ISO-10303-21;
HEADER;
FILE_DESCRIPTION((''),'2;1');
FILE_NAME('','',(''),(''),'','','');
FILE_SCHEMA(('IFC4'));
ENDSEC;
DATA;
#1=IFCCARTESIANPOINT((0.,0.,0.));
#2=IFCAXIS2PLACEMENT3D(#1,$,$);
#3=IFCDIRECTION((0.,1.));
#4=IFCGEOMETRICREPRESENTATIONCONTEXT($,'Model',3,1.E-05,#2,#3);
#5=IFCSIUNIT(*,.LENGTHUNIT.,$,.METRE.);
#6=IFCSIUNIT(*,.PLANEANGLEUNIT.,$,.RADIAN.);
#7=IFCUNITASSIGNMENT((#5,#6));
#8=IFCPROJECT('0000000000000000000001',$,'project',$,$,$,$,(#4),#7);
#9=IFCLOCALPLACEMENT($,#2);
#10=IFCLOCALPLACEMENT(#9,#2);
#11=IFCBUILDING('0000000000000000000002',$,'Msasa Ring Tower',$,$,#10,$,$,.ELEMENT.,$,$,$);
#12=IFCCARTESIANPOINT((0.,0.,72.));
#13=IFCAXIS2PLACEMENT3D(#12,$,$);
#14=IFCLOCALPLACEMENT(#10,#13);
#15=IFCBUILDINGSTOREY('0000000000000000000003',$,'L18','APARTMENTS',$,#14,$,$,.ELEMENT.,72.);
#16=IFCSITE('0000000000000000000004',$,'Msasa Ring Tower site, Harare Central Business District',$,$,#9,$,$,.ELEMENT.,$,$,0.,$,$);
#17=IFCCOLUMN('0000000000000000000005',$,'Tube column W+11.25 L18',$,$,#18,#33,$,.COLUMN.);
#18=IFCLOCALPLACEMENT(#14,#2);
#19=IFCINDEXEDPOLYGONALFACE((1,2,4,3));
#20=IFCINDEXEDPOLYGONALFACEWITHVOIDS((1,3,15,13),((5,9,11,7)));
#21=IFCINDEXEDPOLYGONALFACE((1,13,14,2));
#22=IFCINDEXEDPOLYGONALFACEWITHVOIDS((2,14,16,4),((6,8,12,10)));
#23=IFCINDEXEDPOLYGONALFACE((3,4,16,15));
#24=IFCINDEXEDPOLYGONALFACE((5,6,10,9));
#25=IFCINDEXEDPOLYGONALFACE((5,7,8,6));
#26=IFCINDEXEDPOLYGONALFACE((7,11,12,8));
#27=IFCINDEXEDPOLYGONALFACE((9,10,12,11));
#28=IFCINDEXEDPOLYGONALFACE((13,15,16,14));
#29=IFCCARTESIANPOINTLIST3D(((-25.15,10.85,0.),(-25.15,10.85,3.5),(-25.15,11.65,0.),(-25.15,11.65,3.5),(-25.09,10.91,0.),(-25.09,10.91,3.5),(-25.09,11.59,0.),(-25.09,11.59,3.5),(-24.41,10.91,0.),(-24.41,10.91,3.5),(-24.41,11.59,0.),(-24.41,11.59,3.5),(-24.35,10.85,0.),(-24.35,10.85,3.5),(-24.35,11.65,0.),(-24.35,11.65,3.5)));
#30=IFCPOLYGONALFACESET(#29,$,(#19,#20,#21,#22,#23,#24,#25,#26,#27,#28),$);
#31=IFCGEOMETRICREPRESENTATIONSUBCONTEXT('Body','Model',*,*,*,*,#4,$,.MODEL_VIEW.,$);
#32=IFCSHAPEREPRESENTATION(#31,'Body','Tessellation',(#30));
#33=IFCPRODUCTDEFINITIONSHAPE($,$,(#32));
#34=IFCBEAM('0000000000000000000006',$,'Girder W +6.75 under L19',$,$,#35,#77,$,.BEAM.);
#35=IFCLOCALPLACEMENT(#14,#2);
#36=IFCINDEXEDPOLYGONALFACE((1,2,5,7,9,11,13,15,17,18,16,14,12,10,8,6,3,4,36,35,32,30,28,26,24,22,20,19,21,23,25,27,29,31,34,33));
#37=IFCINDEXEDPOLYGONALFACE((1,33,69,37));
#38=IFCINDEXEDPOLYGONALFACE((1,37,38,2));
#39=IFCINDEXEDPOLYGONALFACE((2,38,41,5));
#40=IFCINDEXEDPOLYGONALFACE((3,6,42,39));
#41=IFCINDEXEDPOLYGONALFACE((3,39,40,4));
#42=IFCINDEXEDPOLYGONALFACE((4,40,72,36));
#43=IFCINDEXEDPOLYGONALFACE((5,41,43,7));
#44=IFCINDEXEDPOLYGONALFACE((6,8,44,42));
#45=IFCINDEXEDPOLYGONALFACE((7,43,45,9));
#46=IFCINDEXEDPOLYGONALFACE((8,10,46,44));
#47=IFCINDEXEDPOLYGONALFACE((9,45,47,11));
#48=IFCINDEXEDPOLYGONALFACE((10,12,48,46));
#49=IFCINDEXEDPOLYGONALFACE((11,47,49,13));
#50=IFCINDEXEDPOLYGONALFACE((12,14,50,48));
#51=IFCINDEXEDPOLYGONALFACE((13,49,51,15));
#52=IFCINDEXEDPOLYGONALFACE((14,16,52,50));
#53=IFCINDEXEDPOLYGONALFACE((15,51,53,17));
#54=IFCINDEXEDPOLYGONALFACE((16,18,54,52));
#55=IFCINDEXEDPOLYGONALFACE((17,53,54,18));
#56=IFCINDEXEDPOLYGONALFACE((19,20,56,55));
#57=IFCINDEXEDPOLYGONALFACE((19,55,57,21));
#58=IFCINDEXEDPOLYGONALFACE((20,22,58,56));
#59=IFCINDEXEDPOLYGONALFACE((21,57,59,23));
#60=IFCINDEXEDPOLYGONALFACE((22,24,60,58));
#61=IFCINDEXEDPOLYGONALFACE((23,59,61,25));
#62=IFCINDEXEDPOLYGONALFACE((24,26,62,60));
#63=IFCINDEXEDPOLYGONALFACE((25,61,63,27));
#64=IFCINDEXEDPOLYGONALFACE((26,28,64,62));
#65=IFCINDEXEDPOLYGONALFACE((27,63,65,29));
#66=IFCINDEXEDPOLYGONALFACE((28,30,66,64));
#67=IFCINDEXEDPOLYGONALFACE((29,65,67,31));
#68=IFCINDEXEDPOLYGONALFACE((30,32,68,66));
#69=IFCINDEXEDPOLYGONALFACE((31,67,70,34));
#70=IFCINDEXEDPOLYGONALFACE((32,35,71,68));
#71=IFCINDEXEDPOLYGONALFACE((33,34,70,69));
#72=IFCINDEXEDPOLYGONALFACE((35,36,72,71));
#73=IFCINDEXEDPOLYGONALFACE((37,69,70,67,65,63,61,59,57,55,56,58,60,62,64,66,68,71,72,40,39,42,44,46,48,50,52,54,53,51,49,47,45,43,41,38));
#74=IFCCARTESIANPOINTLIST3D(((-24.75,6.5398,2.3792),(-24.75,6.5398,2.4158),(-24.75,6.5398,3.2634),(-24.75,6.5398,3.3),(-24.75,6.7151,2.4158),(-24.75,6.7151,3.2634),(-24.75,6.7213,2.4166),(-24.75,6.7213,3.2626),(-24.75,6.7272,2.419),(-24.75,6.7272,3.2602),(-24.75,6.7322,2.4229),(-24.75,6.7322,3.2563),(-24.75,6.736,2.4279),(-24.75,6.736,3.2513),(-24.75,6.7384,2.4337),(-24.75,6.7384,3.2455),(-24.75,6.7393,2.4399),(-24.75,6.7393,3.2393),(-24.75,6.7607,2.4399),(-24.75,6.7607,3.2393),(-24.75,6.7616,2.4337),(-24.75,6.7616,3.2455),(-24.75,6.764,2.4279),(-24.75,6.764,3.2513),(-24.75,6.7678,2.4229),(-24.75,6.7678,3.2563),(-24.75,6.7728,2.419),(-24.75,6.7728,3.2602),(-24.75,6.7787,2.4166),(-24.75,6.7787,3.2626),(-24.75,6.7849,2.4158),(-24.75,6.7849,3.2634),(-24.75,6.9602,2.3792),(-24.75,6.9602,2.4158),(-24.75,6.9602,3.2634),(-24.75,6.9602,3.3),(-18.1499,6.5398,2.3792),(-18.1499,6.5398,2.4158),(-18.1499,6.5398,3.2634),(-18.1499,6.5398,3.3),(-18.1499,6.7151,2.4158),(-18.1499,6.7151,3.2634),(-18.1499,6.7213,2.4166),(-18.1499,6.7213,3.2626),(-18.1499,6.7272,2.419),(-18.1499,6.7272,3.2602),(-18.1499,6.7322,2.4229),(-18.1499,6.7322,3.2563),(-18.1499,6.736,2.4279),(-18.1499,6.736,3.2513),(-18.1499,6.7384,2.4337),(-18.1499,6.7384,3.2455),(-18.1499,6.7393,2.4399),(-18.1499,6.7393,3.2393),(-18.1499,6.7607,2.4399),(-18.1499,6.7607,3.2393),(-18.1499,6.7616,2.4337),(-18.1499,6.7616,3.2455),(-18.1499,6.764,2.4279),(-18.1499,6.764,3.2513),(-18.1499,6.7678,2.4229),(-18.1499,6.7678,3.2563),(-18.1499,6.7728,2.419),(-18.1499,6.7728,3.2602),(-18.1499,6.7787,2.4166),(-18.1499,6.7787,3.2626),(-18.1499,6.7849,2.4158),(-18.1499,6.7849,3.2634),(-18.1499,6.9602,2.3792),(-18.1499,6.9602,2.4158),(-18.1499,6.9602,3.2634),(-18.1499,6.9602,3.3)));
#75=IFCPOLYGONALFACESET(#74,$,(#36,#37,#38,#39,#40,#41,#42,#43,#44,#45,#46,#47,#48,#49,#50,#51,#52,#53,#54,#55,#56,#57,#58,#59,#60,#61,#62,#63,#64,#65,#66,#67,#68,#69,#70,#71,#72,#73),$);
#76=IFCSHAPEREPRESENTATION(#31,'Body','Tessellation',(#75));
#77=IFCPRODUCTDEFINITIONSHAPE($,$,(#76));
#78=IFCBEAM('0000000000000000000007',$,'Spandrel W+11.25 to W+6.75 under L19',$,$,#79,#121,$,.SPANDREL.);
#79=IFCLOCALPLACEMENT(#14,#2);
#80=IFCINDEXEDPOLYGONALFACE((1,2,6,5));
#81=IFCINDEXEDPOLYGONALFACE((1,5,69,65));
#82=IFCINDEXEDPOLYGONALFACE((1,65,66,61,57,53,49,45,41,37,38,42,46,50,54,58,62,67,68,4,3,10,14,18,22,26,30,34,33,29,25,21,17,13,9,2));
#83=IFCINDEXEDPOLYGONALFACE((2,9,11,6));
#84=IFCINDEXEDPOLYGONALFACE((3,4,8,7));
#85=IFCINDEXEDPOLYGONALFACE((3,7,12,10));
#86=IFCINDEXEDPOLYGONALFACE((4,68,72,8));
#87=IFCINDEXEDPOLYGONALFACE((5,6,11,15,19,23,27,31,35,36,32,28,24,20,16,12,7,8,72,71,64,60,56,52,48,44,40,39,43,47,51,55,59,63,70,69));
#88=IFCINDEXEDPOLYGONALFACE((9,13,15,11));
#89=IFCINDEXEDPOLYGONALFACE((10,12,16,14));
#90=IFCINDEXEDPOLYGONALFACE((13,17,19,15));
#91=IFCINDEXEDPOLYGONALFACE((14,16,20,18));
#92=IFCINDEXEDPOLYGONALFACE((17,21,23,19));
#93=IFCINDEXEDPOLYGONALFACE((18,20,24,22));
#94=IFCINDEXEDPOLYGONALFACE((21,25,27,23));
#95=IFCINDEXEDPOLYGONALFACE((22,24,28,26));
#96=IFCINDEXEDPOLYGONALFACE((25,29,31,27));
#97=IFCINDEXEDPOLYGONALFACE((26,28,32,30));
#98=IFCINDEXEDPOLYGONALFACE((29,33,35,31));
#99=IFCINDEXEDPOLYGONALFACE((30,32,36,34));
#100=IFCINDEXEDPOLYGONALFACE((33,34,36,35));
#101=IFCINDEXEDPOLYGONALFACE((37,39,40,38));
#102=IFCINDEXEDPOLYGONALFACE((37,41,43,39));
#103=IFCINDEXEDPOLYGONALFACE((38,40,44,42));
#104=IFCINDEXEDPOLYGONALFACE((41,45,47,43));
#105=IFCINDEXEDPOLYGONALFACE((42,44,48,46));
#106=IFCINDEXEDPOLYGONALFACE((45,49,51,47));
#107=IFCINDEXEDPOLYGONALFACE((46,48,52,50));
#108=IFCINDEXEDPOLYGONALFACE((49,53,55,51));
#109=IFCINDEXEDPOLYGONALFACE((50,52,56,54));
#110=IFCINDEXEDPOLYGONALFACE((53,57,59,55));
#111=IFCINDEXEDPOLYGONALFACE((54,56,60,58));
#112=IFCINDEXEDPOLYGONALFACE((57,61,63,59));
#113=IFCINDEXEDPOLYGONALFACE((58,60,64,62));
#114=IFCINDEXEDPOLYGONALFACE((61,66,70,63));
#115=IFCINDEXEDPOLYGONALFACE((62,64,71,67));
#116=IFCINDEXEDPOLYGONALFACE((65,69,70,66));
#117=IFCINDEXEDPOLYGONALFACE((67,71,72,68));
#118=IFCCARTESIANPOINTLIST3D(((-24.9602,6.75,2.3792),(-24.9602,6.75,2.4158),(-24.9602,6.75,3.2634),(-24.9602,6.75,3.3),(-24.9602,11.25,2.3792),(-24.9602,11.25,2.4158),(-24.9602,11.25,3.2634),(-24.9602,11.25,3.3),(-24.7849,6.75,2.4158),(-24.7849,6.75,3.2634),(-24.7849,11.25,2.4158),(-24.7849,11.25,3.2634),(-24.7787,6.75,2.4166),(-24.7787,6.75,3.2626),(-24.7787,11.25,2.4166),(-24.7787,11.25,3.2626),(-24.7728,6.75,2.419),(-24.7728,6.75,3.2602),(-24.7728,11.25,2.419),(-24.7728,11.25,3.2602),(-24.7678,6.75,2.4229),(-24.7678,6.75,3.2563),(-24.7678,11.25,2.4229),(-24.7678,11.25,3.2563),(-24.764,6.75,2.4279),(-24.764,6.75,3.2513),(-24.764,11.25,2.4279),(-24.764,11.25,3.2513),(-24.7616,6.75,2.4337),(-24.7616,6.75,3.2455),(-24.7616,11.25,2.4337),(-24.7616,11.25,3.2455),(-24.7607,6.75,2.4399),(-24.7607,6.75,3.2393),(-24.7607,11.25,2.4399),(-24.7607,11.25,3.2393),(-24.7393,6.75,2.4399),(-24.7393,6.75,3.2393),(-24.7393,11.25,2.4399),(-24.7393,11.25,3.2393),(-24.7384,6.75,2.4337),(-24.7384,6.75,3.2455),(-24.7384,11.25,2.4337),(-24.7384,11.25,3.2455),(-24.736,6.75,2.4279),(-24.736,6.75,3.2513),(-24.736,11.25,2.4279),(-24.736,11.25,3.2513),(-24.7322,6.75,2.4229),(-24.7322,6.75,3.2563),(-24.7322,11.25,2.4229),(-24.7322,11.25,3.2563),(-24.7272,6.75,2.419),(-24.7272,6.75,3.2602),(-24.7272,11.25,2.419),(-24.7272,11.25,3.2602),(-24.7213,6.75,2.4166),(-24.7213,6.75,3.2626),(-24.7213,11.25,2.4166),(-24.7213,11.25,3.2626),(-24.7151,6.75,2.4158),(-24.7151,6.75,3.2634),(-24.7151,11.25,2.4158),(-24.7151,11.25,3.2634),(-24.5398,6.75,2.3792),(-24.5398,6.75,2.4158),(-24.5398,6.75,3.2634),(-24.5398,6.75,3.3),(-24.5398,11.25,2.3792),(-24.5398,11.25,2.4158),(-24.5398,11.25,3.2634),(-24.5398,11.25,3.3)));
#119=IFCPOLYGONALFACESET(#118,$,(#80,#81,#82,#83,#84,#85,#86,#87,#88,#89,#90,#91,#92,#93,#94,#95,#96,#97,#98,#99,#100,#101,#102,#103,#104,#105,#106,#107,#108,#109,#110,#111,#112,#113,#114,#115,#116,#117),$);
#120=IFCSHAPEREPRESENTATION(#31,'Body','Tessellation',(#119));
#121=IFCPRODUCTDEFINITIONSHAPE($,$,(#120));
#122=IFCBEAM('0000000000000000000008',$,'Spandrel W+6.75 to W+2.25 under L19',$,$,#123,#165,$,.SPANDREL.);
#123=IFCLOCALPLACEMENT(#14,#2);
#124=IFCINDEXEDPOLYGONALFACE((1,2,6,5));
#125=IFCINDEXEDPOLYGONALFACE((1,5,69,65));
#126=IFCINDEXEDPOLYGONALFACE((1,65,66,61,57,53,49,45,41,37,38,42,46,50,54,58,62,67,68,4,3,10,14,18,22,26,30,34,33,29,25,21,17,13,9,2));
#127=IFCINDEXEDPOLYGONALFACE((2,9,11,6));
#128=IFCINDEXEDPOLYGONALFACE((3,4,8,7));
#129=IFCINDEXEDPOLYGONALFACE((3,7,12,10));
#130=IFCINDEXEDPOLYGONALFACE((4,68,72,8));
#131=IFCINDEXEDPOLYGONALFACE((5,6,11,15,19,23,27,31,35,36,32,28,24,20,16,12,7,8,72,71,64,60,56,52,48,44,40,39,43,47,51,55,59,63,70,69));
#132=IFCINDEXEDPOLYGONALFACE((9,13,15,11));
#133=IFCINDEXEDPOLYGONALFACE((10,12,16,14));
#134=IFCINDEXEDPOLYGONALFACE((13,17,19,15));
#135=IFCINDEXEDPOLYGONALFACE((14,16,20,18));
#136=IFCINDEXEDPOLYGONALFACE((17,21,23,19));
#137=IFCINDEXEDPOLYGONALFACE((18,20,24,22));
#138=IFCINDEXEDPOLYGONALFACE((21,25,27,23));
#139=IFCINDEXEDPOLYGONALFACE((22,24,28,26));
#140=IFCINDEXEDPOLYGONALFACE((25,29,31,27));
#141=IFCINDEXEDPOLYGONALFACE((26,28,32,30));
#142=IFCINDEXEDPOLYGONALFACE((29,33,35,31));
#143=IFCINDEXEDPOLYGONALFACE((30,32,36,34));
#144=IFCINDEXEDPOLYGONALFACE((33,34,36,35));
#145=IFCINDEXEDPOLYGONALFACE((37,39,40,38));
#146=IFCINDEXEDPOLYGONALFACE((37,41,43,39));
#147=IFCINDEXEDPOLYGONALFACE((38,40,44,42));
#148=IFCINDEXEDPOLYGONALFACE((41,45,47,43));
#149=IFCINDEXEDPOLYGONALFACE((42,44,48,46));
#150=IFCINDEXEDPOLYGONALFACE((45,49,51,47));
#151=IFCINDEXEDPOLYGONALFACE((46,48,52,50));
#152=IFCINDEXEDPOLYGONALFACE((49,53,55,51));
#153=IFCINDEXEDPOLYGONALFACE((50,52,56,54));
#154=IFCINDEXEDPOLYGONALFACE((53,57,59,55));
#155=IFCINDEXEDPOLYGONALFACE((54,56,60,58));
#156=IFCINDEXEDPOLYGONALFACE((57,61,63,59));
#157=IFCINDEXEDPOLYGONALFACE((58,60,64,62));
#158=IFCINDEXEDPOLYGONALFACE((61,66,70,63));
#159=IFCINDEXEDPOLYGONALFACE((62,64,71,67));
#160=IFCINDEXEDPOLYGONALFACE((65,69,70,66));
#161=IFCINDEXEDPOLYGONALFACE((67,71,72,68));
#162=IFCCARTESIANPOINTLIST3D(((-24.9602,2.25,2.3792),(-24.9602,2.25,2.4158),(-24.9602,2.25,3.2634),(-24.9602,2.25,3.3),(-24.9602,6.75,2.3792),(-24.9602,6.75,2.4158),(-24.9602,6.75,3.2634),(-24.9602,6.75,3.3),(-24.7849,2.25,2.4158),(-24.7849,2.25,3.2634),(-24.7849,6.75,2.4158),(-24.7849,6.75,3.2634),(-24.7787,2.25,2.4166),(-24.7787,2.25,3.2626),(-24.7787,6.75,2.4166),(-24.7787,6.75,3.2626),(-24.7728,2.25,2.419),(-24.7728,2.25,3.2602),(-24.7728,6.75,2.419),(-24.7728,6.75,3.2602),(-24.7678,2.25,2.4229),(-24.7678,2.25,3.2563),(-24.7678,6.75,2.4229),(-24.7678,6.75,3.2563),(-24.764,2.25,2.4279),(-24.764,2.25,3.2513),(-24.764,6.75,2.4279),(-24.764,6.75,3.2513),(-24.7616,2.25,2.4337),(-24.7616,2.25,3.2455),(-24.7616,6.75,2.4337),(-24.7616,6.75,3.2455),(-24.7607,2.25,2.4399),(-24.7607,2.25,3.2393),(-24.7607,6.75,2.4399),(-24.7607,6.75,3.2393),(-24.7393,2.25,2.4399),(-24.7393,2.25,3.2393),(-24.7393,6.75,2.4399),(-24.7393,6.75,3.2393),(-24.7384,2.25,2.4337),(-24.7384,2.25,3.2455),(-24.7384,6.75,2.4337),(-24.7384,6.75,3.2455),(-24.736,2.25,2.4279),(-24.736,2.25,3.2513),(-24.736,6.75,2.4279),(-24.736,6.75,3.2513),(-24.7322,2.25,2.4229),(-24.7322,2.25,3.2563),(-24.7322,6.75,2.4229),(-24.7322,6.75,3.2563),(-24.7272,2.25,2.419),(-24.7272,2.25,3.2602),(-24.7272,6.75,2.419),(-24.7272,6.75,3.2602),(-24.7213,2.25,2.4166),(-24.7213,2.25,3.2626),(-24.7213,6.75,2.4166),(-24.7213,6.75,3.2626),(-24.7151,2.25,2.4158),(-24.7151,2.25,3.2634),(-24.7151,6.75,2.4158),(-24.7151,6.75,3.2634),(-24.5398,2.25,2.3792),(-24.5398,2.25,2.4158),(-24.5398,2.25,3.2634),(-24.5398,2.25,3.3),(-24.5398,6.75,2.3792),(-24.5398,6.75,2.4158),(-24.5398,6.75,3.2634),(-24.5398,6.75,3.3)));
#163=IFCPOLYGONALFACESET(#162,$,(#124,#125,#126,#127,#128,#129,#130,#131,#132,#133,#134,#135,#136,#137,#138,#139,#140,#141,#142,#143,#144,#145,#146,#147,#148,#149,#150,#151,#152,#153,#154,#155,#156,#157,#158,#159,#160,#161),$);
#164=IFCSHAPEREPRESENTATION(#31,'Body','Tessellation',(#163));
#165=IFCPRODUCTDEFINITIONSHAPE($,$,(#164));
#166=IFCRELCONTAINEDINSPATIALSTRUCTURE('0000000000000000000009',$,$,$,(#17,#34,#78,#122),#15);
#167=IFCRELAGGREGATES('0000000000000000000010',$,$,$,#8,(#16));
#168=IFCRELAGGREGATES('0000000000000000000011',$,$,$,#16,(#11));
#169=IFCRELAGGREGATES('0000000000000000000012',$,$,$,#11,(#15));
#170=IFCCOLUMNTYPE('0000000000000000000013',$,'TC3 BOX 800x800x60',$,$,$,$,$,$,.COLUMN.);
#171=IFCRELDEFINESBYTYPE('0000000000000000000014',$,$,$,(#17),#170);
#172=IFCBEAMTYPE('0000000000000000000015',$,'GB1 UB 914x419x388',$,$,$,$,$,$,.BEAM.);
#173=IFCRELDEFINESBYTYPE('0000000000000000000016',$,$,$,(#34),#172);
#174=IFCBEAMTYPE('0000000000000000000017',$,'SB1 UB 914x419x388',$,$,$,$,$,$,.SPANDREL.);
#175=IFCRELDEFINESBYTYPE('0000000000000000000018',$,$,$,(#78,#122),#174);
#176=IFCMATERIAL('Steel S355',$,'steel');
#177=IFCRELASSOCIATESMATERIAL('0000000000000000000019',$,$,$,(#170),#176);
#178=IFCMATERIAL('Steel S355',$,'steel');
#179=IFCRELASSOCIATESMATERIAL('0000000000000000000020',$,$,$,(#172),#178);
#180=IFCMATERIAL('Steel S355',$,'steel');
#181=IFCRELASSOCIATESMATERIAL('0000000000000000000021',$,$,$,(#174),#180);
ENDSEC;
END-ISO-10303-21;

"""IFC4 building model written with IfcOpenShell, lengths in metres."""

from ifc_helpers import new_model, si_unit, direction, frame, origin, origin_2d, place, context, subcontext, project, spatial, hollow_rectangle, i_section, extrude, material, material_profile, profile_set, type_object, element, save


model = new_model("IFC4")

# Units and contexts
model_context = context("Model", 3, precision=1e-05, world=origin(), true_north=direction((0.0, 1.0)))
body_context = subcontext(model_context, "Body", "Model", "MODEL_VIEW")
ifc_project = project(units=[si_unit("LENGTHUNIT", "METRE"), si_unit("PLANEANGLEUNIT", "RADIAN")], contexts=[model_context])

# Site, building, storey
site_placement = place(None, origin())
site = spatial("IfcSite", under=ifc_project, at=site_placement, Name="Msasa Ring Tower site, Harare Central Business District", CompositionType="ELEMENT", RefElevation=0.0)
building_placement = place(site_placement, origin())
building = spatial("IfcBuilding", under=site, at=building_placement, Name="Msasa Ring Tower", CompositionType="ELEMENT")
storey_placement = place(building_placement, frame((0.0, 0.0, 72.0)))
storey = spatial("IfcBuildingStorey", under=building, at=storey_placement, Name="L18", Description="APARTMENTS", CompositionType="ELEMENT", Elevation=72.0)

# Column
ifc_material_1 = material(Name="Steel S355", Category="steel")
ifc_material_profile_1 = material_profile(ifc_material_1, hollow_rectangle(XDim=0.8, YDim=0.8, WallThickness=0.0601, at=origin_2d()), Name="BOX 800x800x60")
ifc_profile_set_1 = profile_set([ifc_material_profile_1], Name="Steel S355")
column_type = type_object("IfcColumnType", Name="TC3 BOX 800x800x60", PredefinedType="COLUMN", material=ifc_profile_set_1)
column_placement = place(storey_placement, frame((-24.75, 11.25, 0.0), z_axis=(0.0, 0.0, 1.0), x_axis=(1.0, 0.0, 0.0)))
element("IfcColumn", 1, at=column_placement, inside=storey, type_object=column_type, Name="Tube column W+11.25 L18", PredefinedType="COLUMN", context=body_context, shape_type="SweptSolid", body=[
    extrude(hollow_rectangle(XDim=0.8, YDim=0.8, WallThickness=0.0601, at=origin_2d()), origin(), (0.0, 0.0, 1.0), 3.5),
])

# Beams
ifc_material_2 = material(Name="Steel S355", Category="steel")
ifc_material_profile_2 = material_profile(ifc_material_2, i_section(OverallWidth=0.4204, OverallDepth=0.9209, WebThickness=0.0215, FlangeThickness=0.0366, FilletRadius=0.0242, at=origin_2d()), Name="UB 914x419x388")
ifc_profile_set_2 = profile_set([ifc_material_profile_2], Name="Steel S355")
beam_type_1 = type_object("IfcBeamType", Name="GB1 UB 914x419x388", PredefinedType="BEAM", material=ifc_profile_set_2)
beam_placement = place(storey_placement, frame((-18.1499, 6.75, 2.8396), z_axis=(-1.0, 0.0, 0.0), x_axis=(0.0, -1.0, 0.0)))
element("IfcBeam", 2, at=beam_placement, inside=storey, type_object=beam_type_1, Name="Girder W +6.75 under L19", PredefinedType="BEAM", context=body_context, shape_type="SweptSolid", body=[
    extrude(i_section(OverallWidth=0.4204, OverallDepth=0.9209, WebThickness=0.0215, FlangeThickness=0.0366, FilletRadius=0.0242, at=origin_2d()), origin(), (0.0, 0.0, 1.0), 6.6001),
])
ifc_material_3 = material(Name="Steel S355", Category="steel")
ifc_material_profile_3 = material_profile(ifc_material_3, i_section(OverallWidth=0.4204, OverallDepth=0.9209, WebThickness=0.0215, FlangeThickness=0.0366, FilletRadius=0.0242, at=origin_2d()), Name="UB 914x419x388")
ifc_profile_set_3 = profile_set([ifc_material_profile_3], Name="Steel S355")
beam_type_2 = type_object("IfcBeamType", Name="SB1 UB 914x419x388", PredefinedType="SPANDREL", material=ifc_profile_set_3)
for number, where, z_axis, x_axis, name in (
    (3, (-24.75, 11.25, 2.8396), (0.0, -1.0, 0.0), (1.0, 0.0, 0.0), "Spandrel W+11.25 to W+6.75 under L19"),
    (4, (-24.75, 6.75, 2.8396), (0.0, -1.0, 0.0), (1.0, 0.0, 0.0), "Spandrel W+6.75 to W+2.25 under L19"),
):
    element("IfcBeam", number, at=place(storey_placement, frame(where, z_axis=z_axis, x_axis=x_axis)), inside=storey, type_object=beam_type_2, Name=name, PredefinedType="SPANDREL", context=body_context, shape_type="SweptSolid", body=[
        extrude(i_section(OverallWidth=0.4204, OverallDepth=0.9209, WebThickness=0.0215, FlangeThickness=0.0366, FilletRadius=0.0242, at=origin_2d()), origin(), (0.0, 0.0, 1.0), 4.5),
    ])

save(model, "model.ifc")
